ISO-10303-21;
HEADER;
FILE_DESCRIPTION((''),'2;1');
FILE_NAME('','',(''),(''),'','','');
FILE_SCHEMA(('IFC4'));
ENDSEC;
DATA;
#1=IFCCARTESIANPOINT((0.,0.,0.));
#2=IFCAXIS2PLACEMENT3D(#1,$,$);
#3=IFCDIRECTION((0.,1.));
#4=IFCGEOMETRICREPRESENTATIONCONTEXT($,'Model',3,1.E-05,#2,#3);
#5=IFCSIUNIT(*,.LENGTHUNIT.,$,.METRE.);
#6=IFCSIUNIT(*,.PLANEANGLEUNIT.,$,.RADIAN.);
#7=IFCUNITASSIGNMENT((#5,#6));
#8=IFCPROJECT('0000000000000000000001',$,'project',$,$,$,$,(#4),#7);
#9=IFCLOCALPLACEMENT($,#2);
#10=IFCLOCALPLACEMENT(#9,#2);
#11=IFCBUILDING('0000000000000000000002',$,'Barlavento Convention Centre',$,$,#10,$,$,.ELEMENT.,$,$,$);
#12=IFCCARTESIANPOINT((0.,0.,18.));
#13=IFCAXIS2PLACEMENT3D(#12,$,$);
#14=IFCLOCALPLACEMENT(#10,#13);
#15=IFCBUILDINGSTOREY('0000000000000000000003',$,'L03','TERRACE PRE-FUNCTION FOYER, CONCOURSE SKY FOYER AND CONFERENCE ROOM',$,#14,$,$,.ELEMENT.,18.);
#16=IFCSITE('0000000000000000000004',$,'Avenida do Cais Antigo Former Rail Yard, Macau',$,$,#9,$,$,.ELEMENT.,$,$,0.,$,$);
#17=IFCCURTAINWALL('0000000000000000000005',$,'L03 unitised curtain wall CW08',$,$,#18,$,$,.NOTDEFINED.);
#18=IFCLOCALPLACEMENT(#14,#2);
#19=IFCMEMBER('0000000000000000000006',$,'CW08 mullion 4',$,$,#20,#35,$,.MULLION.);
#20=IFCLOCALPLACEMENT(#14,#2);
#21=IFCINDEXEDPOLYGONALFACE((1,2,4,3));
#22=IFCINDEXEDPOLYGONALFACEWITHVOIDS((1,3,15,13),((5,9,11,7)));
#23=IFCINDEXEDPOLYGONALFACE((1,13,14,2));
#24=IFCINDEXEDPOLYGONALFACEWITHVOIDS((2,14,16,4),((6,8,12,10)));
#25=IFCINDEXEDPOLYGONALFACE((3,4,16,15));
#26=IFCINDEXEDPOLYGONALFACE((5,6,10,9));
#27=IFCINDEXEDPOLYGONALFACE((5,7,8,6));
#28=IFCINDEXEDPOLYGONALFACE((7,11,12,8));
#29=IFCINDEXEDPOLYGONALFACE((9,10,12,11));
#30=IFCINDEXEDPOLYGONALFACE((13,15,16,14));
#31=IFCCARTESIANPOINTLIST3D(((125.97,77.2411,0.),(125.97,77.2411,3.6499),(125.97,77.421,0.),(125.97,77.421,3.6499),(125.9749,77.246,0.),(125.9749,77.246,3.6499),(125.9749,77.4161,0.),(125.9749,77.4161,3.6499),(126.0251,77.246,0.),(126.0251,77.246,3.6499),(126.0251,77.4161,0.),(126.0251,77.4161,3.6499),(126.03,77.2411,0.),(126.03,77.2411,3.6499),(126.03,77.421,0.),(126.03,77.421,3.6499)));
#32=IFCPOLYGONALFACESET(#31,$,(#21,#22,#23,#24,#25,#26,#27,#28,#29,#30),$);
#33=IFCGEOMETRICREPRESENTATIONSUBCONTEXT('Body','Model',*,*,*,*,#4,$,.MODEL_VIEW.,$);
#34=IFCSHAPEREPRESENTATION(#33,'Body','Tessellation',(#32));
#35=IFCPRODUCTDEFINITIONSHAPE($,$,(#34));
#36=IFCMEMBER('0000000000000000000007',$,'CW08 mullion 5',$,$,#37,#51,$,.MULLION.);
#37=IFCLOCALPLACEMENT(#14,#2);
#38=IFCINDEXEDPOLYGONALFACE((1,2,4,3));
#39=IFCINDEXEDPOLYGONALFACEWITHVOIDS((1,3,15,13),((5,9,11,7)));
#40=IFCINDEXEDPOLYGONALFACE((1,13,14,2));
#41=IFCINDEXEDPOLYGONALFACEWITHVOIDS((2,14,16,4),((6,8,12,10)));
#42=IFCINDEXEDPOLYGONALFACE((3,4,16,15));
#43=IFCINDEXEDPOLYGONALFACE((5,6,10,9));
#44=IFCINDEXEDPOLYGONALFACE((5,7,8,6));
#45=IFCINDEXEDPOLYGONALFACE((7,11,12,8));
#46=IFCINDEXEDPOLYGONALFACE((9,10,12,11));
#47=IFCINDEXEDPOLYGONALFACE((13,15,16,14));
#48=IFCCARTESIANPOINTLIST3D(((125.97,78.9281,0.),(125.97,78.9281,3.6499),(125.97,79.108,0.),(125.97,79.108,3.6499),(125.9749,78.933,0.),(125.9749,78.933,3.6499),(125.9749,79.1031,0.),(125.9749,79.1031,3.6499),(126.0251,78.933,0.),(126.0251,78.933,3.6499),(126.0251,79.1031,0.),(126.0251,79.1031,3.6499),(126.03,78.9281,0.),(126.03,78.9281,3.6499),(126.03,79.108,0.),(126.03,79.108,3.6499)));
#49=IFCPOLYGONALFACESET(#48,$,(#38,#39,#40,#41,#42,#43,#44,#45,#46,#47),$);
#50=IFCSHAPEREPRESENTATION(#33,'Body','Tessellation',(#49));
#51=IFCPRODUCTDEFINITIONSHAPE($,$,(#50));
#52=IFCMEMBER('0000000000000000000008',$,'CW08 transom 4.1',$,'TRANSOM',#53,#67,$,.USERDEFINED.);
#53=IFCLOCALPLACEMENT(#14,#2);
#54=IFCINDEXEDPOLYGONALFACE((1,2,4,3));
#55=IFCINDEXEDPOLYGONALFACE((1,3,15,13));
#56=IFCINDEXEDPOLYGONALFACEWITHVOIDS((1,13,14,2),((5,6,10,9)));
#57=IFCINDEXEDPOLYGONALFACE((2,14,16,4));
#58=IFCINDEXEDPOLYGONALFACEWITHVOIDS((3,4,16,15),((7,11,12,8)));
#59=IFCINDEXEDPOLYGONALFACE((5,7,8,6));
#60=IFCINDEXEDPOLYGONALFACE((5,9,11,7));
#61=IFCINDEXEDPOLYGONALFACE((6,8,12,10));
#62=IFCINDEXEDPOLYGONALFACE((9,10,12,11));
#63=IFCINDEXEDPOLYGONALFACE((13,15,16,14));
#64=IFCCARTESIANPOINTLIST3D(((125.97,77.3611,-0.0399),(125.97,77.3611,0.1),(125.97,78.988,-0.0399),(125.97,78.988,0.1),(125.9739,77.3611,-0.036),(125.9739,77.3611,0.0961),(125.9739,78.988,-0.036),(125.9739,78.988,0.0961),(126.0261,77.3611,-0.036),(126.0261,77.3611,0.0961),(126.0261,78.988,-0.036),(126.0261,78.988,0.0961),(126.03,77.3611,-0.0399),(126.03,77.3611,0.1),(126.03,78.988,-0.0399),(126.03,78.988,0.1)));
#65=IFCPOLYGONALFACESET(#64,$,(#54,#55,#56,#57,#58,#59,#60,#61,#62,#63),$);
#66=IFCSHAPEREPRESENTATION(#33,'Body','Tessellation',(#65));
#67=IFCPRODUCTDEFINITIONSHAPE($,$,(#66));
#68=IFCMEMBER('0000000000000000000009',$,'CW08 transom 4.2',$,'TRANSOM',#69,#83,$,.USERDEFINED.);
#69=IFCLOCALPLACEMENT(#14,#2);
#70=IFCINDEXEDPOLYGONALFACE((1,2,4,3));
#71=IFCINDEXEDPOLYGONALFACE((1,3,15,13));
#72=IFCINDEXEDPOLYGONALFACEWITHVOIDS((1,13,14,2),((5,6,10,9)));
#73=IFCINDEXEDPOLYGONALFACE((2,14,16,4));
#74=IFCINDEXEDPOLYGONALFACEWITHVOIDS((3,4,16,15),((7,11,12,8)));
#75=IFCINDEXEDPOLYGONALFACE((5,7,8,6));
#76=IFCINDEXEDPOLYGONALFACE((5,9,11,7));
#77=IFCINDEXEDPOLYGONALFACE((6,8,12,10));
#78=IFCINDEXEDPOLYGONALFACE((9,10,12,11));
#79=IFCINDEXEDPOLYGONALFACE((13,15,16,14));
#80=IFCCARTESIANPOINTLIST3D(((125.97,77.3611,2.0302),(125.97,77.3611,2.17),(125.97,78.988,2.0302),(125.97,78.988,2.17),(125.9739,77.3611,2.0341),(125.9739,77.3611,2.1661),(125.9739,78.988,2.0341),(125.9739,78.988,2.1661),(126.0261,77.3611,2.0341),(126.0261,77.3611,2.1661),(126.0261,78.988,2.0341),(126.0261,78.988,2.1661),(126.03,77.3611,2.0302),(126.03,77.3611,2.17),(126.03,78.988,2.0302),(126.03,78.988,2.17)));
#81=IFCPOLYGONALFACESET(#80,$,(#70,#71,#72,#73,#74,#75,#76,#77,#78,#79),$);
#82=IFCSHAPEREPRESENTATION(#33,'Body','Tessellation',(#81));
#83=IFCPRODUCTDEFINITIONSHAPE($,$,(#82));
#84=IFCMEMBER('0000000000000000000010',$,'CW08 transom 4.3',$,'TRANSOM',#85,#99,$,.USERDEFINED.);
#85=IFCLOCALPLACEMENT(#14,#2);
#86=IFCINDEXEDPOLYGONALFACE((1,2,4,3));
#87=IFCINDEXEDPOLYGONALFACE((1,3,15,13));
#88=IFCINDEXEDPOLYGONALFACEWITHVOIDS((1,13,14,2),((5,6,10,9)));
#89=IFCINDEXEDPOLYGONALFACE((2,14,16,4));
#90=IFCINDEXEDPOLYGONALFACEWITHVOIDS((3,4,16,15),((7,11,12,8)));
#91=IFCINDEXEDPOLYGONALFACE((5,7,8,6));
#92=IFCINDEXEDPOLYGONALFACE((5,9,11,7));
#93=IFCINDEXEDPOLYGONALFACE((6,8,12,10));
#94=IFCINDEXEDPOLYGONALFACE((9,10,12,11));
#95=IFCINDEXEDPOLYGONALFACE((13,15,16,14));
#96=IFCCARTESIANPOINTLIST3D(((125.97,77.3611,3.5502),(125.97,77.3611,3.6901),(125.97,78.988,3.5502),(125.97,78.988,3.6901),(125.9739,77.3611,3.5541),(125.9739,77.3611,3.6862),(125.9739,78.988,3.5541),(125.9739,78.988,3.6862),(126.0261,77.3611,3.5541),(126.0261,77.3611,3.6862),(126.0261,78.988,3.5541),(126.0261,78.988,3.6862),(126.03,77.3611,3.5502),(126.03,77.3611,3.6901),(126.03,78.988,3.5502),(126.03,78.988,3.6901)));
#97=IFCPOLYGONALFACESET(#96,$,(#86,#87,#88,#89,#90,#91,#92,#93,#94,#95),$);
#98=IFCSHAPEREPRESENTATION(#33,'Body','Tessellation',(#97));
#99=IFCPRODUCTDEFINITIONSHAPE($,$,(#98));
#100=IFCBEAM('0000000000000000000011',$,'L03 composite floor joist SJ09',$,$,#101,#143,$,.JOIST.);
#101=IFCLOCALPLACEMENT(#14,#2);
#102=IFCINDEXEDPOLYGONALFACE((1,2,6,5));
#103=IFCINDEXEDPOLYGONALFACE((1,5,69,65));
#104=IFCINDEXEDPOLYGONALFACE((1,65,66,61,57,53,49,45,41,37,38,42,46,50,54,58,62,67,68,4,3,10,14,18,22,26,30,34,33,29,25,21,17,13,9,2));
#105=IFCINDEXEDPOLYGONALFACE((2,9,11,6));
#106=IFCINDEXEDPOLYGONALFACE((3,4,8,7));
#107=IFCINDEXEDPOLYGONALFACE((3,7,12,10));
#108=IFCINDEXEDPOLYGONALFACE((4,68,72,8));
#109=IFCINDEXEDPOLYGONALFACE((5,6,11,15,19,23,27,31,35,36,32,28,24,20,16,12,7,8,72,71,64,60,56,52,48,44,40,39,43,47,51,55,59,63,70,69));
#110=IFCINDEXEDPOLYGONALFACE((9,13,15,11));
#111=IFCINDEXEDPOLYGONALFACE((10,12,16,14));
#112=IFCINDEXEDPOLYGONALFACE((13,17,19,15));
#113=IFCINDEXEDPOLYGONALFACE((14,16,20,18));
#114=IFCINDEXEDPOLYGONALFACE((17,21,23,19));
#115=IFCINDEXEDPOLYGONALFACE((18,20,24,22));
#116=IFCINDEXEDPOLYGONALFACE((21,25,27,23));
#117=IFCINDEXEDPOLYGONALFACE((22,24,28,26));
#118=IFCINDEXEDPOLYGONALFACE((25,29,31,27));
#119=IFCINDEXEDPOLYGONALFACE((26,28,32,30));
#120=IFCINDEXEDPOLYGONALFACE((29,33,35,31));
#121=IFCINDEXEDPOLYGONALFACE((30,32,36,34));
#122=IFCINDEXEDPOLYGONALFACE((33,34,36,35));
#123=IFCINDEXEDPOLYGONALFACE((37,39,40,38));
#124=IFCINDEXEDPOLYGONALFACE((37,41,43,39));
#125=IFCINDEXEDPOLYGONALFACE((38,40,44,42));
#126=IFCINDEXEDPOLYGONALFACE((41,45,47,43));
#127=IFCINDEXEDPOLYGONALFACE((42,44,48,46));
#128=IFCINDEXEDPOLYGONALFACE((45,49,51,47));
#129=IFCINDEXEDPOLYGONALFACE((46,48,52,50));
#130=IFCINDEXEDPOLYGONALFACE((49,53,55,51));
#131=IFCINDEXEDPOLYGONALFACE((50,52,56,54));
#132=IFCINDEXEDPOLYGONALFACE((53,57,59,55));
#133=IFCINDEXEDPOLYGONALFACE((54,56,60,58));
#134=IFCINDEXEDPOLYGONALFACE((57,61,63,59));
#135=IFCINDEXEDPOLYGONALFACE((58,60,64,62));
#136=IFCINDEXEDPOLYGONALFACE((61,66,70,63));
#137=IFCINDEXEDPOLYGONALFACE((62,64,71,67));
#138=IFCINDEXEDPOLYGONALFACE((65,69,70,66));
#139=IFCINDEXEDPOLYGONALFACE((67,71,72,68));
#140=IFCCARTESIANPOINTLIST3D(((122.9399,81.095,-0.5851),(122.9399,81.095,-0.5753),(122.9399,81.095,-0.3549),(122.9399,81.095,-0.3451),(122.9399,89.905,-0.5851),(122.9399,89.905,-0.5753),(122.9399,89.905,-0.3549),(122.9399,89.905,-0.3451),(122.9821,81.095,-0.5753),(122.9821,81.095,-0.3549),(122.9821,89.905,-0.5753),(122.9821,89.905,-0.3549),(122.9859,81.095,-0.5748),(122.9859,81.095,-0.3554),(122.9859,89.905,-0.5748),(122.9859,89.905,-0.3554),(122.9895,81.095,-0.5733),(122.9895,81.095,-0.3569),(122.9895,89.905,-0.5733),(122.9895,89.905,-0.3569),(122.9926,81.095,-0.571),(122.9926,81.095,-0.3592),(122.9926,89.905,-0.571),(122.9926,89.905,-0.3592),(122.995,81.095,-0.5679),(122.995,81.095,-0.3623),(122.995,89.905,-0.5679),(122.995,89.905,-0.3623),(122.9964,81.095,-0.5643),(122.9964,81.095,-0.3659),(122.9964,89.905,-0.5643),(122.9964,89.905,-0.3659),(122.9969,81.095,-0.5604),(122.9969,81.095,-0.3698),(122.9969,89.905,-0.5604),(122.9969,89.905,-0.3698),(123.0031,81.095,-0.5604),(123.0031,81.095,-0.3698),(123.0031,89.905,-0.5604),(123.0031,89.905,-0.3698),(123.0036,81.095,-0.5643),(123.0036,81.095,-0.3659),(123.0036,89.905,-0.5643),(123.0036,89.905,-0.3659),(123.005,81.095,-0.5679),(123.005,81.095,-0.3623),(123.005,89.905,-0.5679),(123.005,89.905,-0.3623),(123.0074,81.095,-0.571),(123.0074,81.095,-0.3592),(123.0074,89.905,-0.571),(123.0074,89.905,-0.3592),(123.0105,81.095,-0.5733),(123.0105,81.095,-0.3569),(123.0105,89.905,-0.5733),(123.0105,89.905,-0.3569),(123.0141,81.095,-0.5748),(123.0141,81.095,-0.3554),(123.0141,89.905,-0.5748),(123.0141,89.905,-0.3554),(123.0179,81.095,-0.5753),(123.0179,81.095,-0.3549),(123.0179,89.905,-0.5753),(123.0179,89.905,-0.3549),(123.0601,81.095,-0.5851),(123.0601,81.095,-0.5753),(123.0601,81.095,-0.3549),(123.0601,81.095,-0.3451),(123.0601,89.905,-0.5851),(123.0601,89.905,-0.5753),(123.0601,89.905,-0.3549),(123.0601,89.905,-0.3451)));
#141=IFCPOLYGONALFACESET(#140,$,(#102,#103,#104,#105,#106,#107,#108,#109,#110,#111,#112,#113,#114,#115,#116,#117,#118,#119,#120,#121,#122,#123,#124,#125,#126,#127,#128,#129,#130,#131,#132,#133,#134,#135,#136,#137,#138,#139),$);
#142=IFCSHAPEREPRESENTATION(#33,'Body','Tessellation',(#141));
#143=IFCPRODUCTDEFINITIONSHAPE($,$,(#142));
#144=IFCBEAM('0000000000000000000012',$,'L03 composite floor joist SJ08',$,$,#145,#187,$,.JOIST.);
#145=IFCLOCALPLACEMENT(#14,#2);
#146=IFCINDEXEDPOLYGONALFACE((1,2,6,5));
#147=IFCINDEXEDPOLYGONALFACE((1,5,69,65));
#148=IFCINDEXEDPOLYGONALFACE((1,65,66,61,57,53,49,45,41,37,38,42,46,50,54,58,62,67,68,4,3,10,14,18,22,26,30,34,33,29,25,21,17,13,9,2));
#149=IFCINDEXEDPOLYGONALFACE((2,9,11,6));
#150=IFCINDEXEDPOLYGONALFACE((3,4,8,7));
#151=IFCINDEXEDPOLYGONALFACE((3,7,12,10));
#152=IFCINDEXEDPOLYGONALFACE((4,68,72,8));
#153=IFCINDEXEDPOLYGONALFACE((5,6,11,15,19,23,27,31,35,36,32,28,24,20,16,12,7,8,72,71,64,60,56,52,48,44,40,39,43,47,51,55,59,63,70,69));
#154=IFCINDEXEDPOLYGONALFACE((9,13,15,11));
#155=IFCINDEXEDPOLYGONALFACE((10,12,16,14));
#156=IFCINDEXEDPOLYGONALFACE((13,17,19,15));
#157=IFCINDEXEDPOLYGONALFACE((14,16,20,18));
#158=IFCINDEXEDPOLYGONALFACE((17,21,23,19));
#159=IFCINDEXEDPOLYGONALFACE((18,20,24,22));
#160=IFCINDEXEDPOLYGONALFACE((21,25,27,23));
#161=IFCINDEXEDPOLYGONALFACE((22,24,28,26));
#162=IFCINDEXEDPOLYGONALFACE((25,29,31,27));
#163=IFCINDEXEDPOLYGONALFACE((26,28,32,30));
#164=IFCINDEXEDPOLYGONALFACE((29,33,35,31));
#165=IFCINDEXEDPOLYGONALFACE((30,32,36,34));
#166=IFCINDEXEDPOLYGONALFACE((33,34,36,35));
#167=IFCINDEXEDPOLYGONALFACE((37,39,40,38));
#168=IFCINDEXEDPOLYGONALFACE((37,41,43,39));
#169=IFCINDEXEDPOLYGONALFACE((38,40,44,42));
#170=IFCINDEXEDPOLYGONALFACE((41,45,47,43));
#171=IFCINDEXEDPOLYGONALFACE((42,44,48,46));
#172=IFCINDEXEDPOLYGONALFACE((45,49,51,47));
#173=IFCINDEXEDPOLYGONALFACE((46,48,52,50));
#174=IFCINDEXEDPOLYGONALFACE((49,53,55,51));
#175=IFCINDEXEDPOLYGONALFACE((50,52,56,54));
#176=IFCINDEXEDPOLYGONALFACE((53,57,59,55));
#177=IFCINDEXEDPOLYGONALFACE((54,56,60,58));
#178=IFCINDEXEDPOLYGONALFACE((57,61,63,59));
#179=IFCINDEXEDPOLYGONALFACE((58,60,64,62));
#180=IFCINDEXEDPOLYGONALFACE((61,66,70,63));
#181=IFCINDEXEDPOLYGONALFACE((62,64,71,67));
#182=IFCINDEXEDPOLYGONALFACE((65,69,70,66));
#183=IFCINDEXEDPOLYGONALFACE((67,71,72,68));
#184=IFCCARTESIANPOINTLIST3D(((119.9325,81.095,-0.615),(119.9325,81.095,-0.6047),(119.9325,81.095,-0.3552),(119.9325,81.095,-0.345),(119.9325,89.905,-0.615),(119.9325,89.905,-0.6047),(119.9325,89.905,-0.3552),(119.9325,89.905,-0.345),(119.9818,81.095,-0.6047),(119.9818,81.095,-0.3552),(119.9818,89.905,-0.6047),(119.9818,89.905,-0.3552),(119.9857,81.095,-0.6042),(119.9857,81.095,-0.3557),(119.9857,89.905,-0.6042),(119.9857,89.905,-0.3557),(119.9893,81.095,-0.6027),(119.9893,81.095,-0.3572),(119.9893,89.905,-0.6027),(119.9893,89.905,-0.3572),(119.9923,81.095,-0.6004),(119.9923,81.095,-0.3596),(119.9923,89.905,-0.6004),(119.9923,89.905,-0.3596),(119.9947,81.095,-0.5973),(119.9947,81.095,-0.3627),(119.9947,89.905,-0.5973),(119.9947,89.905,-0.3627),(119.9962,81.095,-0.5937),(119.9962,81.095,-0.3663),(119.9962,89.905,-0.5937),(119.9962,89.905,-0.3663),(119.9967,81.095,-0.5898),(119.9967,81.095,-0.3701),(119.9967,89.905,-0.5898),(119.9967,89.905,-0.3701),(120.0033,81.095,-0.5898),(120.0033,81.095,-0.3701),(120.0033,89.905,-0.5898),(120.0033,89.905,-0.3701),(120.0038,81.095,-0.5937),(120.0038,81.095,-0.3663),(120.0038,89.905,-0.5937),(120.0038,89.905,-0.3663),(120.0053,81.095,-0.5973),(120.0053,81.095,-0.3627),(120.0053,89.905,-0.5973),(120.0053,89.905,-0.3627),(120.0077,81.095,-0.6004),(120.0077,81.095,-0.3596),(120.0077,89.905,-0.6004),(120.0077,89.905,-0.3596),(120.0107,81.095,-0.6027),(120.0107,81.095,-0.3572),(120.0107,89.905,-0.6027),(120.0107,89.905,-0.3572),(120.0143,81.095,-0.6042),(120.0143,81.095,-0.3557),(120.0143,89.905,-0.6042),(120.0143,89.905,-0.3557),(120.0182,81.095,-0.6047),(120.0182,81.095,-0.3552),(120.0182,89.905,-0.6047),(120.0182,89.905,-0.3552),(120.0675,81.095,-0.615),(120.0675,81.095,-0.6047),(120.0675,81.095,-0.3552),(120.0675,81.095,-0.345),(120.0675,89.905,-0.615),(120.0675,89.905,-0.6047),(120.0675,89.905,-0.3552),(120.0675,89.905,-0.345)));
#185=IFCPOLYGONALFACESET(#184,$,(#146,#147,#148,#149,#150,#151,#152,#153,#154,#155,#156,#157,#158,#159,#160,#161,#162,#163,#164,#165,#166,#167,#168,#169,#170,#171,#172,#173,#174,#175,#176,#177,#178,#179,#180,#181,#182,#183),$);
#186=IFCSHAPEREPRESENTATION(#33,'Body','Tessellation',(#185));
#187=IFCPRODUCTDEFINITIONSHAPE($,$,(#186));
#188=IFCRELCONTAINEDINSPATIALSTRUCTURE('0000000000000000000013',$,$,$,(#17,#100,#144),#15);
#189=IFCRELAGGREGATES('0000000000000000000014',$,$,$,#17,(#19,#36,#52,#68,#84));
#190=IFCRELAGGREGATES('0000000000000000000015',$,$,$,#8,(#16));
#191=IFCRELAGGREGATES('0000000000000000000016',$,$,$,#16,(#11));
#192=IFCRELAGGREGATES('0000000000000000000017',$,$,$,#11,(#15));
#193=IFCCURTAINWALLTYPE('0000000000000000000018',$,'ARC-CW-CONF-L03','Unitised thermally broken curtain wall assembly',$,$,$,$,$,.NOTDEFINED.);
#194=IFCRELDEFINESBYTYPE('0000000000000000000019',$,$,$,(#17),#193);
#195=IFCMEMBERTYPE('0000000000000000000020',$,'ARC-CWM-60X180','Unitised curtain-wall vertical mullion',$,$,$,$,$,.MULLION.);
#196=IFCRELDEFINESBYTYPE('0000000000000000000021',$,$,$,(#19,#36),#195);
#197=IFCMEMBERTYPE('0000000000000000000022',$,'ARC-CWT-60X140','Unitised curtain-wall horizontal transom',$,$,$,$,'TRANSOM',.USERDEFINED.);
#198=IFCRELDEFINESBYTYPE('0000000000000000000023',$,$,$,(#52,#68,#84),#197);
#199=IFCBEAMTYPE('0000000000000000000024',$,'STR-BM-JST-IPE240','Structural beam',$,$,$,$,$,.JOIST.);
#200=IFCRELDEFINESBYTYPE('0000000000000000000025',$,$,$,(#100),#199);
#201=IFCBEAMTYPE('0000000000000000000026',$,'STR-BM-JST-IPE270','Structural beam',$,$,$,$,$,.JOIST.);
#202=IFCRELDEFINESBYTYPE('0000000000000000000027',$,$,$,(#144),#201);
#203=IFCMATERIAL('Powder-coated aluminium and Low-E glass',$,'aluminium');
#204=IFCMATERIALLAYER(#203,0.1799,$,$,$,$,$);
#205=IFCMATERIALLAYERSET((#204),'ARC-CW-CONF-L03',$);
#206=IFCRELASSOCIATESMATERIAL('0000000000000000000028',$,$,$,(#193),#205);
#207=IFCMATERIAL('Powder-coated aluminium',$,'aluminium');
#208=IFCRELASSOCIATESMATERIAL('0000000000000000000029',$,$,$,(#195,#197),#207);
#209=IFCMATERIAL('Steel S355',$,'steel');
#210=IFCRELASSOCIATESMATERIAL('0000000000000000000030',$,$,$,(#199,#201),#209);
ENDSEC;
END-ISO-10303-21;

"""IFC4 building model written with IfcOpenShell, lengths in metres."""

from ifc_helpers import new_model, si_unit, direction, frame, origin, origin_2d, place, context, subcontext, project, spatial, hollow_rectangle, i_section, extrude, material, layer, layer_set, material_profile, profile_set, type_object, element, aggregate, save


model = new_model("IFC4")

# Units and contexts
model_context = context("Model", 3, precision=1e-05, world=origin(), true_north=direction((0.0, 1.0)))
body_context = subcontext(model_context, "Body", "Model", "MODEL_VIEW")
ifc_project = project(units=[si_unit("LENGTHUNIT", "METRE"), si_unit("PLANEANGLEUNIT", "RADIAN")], contexts=[model_context])

# Site, building, storey
site_placement = place(None, origin())
site = spatial("IfcSite", under=ifc_project, at=site_placement, Name="Avenida do Cais Antigo Former Rail Yard, Macau", CompositionType="ELEMENT", RefElevation=0.0)
building_placement = place(site_placement, origin())
building = spatial("IfcBuilding", under=site, at=building_placement, Name="Barlavento Convention Centre", CompositionType="ELEMENT")
storey_placement = place(building_placement, frame((0.0, 0.0, 18.0)))
storey = spatial("IfcBuildingStorey", under=building, at=storey_placement, Name="L03", Description="TERRACE PRE-FUNCTION FOYER, CONCOURSE SKY FOYER AND CONFERENCE ROOM", CompositionType="ELEMENT", Elevation=18.0)

# Curtain wall, members
ifc_material_1 = material(Name="Powder-coated aluminium and Low-E glass", Category="aluminium")
ifc_layer_1 = layer(ifc_material_1, 0.1799)
ifc_layer_set_1 = layer_set([ifc_layer_1], Name="ARC-CW-CONF-L03")
curtain_wall_type = type_object("IfcCurtainWallType", Name="ARC-CW-CONF-L03", Description="Unitised thermally broken curtain wall assembly", PredefinedType="NOTDEFINED", material=ifc_layer_set_1)
curtain_wall_placement = place(storey_placement, origin())
curtain_wall = element("IfcCurtainWall", 1, at=curtain_wall_placement, inside=storey, type_object=curtain_wall_type, Name="L03 unitised curtain wall CW08", PredefinedType="NOTDEFINED")
ifc_material_2 = material(Name="Powder-coated aluminium", Category="aluminium")
ifc_material_profile_1 = material_profile(ifc_material_2, hollow_rectangle(XDim=0.0601, YDim=0.1799, WallThickness=0.0049, at=origin_2d()), Name="AL-MULL 60x180x5")
ifc_profile_set_1 = profile_set([ifc_material_profile_1], Name="Powder-coated aluminium")
member_type_1 = type_object("IfcMemberType", Name="ARC-CWM-60X180", Description="Unitised curtain-wall vertical mullion", PredefinedType="MULLION", material=ifc_profile_set_1)
member_1_placement = place(storey_placement, frame((126.0, 77.3311, 0.0), z_axis=(0.0, 0.0, 1.0), x_axis=(-1.0, 0.0, 0.0)))
member_1 = element("IfcMember", 2, at=member_1_placement, type_object=member_type_1, Name="CW08 mullion 4", PredefinedType="MULLION", context=body_context, shape_type="SweptSolid", body=[
    extrude(hollow_rectangle(XDim=0.0601, YDim=0.1799, WallThickness=0.0049, at=origin_2d()), origin(), (0.0, 0.0, 1.0), 3.6499),
])
member_2_placement = place(storey_placement, frame((126.0, 79.0181, 0.0), z_axis=(0.0, 0.0, 1.0), x_axis=(-1.0, 0.0, 0.0)))
member_2 = element("IfcMember", 3, at=member_2_placement, type_object=member_type_1, Name="CW08 mullion 5", PredefinedType="MULLION", context=body_context, shape_type="SweptSolid", body=[
    extrude(hollow_rectangle(XDim=0.0601, YDim=0.1799, WallThickness=0.0049, at=origin_2d()), origin(), (0.0, 0.0, 1.0), 3.6499),
])
ifc_material_profile_2 = material_profile(ifc_material_2, hollow_rectangle(XDim=0.0601, YDim=0.1399, WallThickness=0.0039, at=origin_2d()), Name="AL-TRAN 60x140x4")
ifc_profile_set_2 = profile_set([ifc_material_profile_2], Name="Powder-coated aluminium")
member_type_2 = type_object("IfcMemberType", Name="ARC-CWT-60X140", Description="Unitised curtain-wall horizontal transom", ElementType="TRANSOM", PredefinedType="USERDEFINED", material=ifc_profile_set_2)
member_3_placement = place(storey_placement, frame((126.0, 77.3611, 0.03), z_axis=(0.0, 1.0, 0.0), x_axis=(-1.0, 0.0, 0.0)))
member_3 = element("IfcMember", 4, at=member_3_placement, type_object=member_type_2, Name="CW08 transom 4.1", ObjectType="TRANSOM", PredefinedType="USERDEFINED", context=body_context, shape_type="SweptSolid", body=[
    extrude(hollow_rectangle(XDim=0.0601, YDim=0.1399, WallThickness=0.0039, at=origin_2d()), origin(), (0.0, 0.0, 1.0), 1.627),
])
member_4_placement = place(storey_placement, frame((126.0, 77.3611, 2.1001), z_axis=(0.0, 1.0, 0.0), x_axis=(-1.0, 0.0, 0.0)))
member_4 = element("IfcMember", 5, at=member_4_placement, type_object=member_type_2, Name="CW08 transom 4.2", ObjectType="TRANSOM", PredefinedType="USERDEFINED", context=body_context, shape_type="SweptSolid", body=[
    extrude(hollow_rectangle(XDim=0.0601, YDim=0.1399, WallThickness=0.0039, at=origin_2d()), origin(), (0.0, 0.0, 1.0), 1.627),
])
member_5_placement = place(storey_placement, frame((126.0, 77.3611, 3.6201), z_axis=(0.0, 1.0, 0.0), x_axis=(-1.0, 0.0, 0.0)))
member_5 = element("IfcMember", 6, at=member_5_placement, type_object=member_type_2, Name="CW08 transom 4.3", ObjectType="TRANSOM", PredefinedType="USERDEFINED", context=body_context, shape_type="SweptSolid", body=[
    extrude(hollow_rectangle(XDim=0.0601, YDim=0.1399, WallThickness=0.0039, at=origin_2d()), origin(), (0.0, 0.0, 1.0), 1.627),
])

# Beams
ifc_material_3 = material(Name="Steel S355", Category="steel")
ifc_material_profile_3 = material_profile(ifc_material_3, i_section(OverallWidth=0.1201, OverallDepth=0.24, WebThickness=0.0061, FlangeThickness=0.0098, FilletRadius=0.0149, at=origin_2d()), Name="IPE 240")
ifc_profile_set_3 = profile_set([ifc_material_profile_3], Name="Steel S355")
beam_type_1 = type_object("IfcBeamType", Name="STR-BM-JST-IPE240", Description="Structural beam", PredefinedType="JOIST", material=ifc_profile_set_3)
beam_1_placement = place(storey_placement, frame((123.0, 81.095, -0.4651), z_axis=(0.0, 1.0, 0.0), x_axis=(-1.0, 0.0, 0.0)))
element("IfcBeam", 7, at=beam_1_placement, inside=storey, type_object=beam_type_1, Name="L03 composite floor joist SJ09", PredefinedType="JOIST", context=body_context, shape_type="SweptSolid", body=[
    extrude(i_section(OverallWidth=0.1201, OverallDepth=0.24, WebThickness=0.0061, FlangeThickness=0.0098, FilletRadius=0.0149, at=origin_2d()), origin(), (0.0, 0.0, 1.0), 8.8101),
])
ifc_material_profile_4 = material_profile(ifc_material_3, i_section(OverallWidth=0.135, OverallDepth=0.27, WebThickness=0.0066, FlangeThickness=0.0103, FilletRadius=0.0149, at=origin_2d()), Name="IPE 270")
ifc_profile_set_4 = profile_set([ifc_material_profile_4], Name="Steel S355")
beam_type_2 = type_object("IfcBeamType", Name="STR-BM-JST-IPE270", Description="Structural beam", PredefinedType="JOIST", material=ifc_profile_set_4)
beam_2_placement = place(storey_placement, frame((120.0, 81.095, -0.48), z_axis=(0.0, 1.0, 0.0), x_axis=(-1.0, 0.0, 0.0)))
element("IfcBeam", 8, at=beam_2_placement, inside=storey, type_object=beam_type_2, Name="L03 composite floor joist SJ08", PredefinedType="JOIST", context=body_context, shape_type="SweptSolid", body=[
    extrude(i_section(OverallWidth=0.135, OverallDepth=0.27, WebThickness=0.0066, FlangeThickness=0.0103, FilletRadius=0.0149, at=origin_2d()), origin(), (0.0, 0.0, 1.0), 8.8101),
])

aggregate(curtain_wall, [member_1, member_2, member_3, member_4, member_5])

save(model, "model.ifc")
